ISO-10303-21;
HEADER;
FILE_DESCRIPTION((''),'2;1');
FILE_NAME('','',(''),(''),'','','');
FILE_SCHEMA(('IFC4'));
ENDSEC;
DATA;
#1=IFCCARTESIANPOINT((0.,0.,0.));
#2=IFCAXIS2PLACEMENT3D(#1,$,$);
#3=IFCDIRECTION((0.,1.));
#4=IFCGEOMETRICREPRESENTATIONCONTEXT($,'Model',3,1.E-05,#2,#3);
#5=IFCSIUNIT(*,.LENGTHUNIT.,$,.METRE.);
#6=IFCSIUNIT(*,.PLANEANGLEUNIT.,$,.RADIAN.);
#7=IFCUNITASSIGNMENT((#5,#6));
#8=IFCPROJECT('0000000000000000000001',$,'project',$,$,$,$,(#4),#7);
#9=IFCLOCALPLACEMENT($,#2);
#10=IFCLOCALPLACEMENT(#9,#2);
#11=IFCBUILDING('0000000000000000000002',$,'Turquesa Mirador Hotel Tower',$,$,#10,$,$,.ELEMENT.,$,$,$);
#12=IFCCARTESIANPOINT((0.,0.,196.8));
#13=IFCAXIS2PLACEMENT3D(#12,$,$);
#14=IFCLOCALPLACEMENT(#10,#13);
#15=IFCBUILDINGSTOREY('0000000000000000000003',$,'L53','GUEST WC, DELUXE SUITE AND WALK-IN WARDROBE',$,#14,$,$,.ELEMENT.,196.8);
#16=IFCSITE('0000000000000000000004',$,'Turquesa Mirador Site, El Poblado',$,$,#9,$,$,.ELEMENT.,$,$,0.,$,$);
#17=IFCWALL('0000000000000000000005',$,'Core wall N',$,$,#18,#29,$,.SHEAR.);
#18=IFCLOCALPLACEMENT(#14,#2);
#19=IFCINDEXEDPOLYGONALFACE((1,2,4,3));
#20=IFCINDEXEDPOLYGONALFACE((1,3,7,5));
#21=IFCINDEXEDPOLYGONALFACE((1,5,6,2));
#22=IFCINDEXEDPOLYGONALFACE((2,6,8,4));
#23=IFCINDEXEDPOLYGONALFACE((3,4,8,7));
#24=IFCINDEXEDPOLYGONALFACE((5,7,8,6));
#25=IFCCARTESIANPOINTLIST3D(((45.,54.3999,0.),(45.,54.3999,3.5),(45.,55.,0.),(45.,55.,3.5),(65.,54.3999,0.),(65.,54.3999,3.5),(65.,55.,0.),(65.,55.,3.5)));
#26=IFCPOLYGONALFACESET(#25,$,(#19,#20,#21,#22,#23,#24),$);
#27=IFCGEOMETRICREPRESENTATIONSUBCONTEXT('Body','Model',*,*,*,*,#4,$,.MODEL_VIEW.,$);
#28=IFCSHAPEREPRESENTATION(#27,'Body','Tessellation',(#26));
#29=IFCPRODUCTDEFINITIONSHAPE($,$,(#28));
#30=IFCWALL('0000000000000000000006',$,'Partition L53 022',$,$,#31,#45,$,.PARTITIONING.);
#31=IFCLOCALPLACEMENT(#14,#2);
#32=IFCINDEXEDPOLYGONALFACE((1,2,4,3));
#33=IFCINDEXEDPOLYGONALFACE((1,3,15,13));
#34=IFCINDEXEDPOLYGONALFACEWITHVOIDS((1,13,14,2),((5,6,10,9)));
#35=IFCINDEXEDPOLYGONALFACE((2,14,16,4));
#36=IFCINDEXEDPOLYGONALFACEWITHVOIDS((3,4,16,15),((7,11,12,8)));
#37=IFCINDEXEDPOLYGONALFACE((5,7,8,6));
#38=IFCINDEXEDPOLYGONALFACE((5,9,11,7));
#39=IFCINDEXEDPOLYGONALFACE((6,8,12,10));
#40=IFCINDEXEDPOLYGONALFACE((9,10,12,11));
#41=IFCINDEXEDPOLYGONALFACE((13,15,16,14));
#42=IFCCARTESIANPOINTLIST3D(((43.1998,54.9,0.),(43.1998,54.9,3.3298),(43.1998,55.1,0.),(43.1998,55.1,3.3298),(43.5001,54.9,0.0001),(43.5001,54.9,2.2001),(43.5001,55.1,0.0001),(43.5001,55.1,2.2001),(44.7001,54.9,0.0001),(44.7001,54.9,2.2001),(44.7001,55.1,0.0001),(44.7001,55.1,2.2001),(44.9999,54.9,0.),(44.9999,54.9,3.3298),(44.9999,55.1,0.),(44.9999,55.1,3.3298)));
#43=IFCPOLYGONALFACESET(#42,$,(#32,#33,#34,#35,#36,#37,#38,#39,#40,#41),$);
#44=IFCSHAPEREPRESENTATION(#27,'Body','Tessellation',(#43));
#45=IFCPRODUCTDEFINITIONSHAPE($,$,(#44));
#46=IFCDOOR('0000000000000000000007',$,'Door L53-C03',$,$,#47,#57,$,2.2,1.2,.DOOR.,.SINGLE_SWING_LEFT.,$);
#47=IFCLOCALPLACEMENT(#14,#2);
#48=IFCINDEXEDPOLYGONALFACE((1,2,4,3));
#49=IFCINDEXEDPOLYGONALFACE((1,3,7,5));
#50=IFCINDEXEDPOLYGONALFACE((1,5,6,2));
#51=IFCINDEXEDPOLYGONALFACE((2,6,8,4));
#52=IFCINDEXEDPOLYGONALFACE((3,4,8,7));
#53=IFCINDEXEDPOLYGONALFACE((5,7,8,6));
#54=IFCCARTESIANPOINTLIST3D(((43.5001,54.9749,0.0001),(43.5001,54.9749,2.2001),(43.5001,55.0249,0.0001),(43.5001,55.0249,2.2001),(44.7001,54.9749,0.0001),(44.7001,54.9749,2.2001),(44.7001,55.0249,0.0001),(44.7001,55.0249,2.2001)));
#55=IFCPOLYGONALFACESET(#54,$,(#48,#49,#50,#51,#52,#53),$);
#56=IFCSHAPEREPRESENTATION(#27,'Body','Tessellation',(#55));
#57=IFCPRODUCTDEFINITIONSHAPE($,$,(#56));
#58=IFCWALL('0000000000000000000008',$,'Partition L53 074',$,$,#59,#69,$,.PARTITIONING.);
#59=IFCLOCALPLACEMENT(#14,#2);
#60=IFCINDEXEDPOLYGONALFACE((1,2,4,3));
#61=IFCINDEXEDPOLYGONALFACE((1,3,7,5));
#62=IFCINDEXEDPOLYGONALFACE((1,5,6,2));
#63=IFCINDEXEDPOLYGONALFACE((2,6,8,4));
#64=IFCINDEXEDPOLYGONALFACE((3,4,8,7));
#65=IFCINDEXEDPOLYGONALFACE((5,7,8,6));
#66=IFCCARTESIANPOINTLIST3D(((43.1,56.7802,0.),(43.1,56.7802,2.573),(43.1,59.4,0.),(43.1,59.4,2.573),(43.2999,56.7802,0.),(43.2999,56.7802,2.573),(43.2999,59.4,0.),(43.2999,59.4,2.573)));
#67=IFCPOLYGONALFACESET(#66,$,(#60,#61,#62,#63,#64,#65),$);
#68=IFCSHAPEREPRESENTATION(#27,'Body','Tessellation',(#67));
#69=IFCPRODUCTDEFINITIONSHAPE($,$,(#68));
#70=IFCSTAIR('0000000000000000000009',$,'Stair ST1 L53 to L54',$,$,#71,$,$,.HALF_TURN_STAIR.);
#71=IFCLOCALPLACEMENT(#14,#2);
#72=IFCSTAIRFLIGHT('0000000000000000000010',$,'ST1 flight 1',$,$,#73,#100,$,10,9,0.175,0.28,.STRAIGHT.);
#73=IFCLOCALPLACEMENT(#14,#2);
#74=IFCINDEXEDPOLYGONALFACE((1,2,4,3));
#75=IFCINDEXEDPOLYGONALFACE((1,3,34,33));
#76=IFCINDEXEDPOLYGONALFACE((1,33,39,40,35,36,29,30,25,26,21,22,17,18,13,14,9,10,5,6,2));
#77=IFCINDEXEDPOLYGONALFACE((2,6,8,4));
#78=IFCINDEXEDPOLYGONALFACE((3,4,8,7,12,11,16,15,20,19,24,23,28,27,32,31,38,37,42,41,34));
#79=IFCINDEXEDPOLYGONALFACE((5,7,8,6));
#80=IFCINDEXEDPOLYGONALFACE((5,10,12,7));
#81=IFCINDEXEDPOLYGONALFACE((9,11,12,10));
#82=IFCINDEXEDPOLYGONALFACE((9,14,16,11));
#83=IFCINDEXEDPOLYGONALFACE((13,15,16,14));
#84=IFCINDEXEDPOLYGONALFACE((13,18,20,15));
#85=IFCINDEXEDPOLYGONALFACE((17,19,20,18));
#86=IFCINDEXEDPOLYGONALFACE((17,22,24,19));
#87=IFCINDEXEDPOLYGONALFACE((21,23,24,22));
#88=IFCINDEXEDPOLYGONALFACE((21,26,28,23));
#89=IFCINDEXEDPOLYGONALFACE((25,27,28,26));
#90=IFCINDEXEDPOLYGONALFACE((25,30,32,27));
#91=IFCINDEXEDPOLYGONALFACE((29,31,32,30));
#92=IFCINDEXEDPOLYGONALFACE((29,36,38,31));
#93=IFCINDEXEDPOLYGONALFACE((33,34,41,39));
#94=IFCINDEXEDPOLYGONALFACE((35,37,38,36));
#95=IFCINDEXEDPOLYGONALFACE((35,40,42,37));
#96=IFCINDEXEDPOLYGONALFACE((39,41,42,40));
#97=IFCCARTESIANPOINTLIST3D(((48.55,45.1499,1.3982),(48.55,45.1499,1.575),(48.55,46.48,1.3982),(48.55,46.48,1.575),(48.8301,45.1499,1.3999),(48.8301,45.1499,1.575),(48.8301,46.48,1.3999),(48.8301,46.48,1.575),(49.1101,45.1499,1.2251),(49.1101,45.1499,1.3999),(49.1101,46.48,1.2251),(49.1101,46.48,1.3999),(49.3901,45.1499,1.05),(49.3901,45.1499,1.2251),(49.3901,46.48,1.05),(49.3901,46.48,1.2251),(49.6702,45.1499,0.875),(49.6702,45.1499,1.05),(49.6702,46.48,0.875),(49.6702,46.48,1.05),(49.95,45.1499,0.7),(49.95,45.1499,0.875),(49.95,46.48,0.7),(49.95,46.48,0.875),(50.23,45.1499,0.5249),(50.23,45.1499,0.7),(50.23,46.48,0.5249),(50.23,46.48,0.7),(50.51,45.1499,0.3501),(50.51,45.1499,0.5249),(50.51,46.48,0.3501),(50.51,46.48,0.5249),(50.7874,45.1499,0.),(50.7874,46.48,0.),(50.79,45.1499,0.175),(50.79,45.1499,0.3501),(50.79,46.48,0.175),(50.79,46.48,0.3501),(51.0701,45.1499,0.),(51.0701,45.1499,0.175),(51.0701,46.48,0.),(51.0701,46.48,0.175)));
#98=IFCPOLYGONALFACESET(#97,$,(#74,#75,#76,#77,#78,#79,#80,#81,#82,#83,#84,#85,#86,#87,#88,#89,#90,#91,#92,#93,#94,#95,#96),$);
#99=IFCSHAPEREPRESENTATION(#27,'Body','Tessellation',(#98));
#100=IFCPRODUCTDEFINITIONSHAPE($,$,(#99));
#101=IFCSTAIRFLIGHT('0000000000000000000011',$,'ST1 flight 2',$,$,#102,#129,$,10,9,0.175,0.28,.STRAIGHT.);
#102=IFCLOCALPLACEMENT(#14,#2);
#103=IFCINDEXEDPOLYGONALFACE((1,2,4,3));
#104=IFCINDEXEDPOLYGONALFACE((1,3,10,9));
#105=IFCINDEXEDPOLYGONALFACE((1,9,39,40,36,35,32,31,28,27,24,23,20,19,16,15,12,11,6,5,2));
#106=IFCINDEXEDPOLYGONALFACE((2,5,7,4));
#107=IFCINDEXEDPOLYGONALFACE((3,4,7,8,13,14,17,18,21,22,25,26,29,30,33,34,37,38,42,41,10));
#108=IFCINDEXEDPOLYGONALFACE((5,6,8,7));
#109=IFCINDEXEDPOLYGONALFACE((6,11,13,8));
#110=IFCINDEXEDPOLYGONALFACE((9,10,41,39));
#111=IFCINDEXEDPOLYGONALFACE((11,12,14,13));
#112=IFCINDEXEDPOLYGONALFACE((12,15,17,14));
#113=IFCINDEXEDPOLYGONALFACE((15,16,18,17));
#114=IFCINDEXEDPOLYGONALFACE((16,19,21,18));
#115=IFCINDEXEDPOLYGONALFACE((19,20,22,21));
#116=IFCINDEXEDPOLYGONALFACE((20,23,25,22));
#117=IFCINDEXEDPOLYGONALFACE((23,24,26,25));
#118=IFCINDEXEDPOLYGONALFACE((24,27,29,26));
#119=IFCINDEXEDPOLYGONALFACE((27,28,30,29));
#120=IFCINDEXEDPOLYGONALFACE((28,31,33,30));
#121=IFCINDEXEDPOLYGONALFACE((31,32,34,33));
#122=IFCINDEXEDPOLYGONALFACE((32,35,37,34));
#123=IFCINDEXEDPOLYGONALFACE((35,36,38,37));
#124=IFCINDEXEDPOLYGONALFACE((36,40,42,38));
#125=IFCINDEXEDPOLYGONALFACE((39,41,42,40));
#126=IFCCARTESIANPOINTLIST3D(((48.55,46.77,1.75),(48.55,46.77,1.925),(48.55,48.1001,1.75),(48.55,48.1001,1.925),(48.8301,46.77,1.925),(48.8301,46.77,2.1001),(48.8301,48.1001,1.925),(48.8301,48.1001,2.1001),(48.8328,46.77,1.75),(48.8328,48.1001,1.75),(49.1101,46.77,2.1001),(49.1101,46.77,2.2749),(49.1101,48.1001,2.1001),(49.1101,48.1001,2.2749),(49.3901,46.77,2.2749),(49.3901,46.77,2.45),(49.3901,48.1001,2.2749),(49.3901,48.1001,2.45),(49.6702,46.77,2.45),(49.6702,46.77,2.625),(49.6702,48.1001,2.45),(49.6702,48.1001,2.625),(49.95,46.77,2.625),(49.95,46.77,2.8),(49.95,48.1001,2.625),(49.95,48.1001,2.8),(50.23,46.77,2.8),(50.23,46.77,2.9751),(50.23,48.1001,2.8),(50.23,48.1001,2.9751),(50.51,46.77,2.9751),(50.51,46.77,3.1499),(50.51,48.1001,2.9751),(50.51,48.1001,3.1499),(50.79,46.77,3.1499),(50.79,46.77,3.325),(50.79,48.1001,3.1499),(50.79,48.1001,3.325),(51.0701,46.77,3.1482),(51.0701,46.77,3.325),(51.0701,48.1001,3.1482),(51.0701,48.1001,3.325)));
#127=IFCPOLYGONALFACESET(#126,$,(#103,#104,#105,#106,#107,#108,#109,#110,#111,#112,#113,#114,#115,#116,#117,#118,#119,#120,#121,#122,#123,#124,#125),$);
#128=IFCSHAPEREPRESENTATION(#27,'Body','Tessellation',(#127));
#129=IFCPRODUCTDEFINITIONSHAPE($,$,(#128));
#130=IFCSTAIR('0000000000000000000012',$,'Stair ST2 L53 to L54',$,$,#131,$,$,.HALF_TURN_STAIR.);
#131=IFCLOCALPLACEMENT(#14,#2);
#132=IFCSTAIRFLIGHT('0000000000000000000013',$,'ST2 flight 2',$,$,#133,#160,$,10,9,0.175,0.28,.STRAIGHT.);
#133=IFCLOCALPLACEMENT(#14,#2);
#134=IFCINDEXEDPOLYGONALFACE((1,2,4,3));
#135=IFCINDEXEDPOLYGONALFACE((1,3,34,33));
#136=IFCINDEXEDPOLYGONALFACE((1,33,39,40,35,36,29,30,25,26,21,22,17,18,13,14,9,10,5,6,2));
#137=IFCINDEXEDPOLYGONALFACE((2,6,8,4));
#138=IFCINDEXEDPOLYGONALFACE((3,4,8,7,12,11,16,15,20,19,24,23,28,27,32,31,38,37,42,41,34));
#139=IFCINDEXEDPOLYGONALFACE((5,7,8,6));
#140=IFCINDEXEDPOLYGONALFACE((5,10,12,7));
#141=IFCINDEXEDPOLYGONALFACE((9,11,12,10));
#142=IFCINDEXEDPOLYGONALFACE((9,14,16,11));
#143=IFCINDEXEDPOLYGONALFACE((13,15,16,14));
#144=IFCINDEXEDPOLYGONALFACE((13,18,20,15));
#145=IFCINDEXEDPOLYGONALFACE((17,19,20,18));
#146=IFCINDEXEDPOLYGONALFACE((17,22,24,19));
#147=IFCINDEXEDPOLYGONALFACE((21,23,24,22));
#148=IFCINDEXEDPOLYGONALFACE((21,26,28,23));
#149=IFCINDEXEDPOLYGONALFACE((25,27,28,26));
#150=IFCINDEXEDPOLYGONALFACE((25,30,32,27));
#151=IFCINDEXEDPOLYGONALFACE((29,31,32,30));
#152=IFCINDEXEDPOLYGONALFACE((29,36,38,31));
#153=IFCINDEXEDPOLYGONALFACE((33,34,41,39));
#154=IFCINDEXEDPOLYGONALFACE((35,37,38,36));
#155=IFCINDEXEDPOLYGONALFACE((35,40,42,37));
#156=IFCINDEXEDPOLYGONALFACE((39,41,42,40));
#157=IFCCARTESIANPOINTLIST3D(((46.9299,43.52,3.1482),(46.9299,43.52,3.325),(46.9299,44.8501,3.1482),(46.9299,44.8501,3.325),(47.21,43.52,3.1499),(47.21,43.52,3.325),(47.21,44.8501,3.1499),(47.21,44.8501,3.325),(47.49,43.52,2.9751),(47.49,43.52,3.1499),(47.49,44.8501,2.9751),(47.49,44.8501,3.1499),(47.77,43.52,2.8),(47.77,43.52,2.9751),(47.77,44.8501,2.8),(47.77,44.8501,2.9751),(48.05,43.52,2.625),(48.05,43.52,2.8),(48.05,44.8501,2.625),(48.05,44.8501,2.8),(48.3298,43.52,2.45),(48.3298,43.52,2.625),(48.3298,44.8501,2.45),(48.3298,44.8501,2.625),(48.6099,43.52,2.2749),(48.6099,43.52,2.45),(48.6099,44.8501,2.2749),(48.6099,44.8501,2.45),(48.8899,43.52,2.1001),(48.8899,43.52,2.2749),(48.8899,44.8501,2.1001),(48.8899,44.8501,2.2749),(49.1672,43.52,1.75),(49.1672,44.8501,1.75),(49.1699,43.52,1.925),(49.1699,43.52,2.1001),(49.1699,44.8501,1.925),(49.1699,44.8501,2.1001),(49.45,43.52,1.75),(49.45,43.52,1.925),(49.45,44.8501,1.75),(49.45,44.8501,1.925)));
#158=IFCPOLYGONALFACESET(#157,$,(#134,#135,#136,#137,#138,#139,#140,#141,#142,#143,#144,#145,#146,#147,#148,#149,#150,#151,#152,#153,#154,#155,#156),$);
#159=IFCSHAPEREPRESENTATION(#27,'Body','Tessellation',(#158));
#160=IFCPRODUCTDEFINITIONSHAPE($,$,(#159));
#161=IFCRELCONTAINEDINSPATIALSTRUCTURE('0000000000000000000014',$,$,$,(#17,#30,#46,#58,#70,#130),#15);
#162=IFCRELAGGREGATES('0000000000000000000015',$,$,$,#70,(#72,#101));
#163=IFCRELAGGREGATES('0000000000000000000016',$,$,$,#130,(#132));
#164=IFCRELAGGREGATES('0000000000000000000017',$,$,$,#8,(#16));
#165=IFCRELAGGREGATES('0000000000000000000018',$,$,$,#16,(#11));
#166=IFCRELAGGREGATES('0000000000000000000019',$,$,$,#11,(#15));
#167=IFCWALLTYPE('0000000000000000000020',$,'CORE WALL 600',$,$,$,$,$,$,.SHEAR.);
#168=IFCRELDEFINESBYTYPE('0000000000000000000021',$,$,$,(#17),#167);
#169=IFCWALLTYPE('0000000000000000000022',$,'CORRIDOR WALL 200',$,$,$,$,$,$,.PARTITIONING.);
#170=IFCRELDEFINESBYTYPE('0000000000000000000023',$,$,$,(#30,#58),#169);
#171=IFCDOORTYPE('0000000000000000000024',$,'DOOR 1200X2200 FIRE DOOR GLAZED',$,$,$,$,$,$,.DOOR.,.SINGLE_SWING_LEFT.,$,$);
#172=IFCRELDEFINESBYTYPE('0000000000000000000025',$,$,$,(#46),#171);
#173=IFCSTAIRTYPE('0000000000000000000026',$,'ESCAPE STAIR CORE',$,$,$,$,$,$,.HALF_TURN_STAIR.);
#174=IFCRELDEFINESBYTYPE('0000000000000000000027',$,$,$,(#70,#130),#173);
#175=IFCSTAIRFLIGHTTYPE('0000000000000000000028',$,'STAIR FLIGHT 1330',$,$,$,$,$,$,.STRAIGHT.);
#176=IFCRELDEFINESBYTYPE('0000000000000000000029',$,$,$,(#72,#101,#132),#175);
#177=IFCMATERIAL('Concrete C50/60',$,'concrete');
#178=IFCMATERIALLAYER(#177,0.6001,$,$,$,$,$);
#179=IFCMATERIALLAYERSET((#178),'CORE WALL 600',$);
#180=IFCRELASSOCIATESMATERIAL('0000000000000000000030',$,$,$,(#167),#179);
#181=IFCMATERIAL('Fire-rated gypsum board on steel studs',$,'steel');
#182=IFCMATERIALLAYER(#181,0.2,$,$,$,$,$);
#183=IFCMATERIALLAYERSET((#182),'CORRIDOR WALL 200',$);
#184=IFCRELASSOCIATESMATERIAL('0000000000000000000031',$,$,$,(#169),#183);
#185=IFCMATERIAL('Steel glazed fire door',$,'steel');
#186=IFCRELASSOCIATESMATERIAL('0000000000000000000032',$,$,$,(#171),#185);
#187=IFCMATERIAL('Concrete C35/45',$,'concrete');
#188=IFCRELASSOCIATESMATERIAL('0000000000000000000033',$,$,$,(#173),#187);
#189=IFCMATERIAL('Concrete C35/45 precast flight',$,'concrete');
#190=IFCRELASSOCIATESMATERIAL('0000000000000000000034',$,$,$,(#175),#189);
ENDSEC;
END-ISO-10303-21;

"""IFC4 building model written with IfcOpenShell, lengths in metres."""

from ifc_helpers import new_model, si_unit, direction, frame, frame_2d, origin, place, context, subcontext, project, spatial, polyline, rectangle, outline, extrude, material, layer, layer_set, type_object, element, fill, aggregate, save


model = new_model("IFC4")

# Units and contexts
model_context = context("Model", 3, precision=1e-05, world=origin(), true_north=direction((0.0, 1.0)))
body_context = subcontext(model_context, "Body", "Model", "MODEL_VIEW")
ifc_project = project(units=[si_unit("LENGTHUNIT", "METRE"), si_unit("PLANEANGLEUNIT", "RADIAN")], contexts=[model_context])

# Site, building, storey
site_placement = place(None, origin())
site = spatial("IfcSite", under=ifc_project, at=site_placement, Name="Turquesa Mirador Site, El Poblado", CompositionType="ELEMENT", RefElevation=0.0)
building_placement = place(site_placement, origin())
building = spatial("IfcBuilding", under=site, at=building_placement, Name="Turquesa Mirador Hotel Tower", CompositionType="ELEMENT")
storey_placement = place(building_placement, frame((0.0, 0.0, 196.8)))
storey = spatial("IfcBuildingStorey", under=building, at=storey_placement, Name="L53", Description="GUEST WC, DELUXE SUITE AND WALK-IN WARDROBE", CompositionType="ELEMENT", Elevation=196.8)

# Wall
ifc_material_1 = material(Name="Concrete C50/60", Category="concrete")
ifc_layer_1 = layer(ifc_material_1, 0.6001)
ifc_layer_set_1 = layer_set([ifc_layer_1], Name="CORE WALL 600")
wall_type_1 = type_object("IfcWallType", Name="CORE WALL 600", PredefinedType="SHEAR", material=ifc_layer_set_1)
wall_1_placement = place(storey_placement, frame((45.0, 54.7, 0.0), z_axis=(0.0, 0.0, 1.0), x_axis=(1.0, 0.0, 0.0)))
element("IfcWall", 1, at=wall_1_placement, inside=storey, type_object=wall_type_1, Name="Core wall N", PredefinedType="SHEAR", context=body_context, shape_type="SweptSolid", body=[
    extrude(rectangle(XDim=20.0, YDim=0.6001, at=frame_2d((10.0, 0.0))), origin(), (0.0, 0.0, 1.0), 3.5),
])

# Wall, opening, door
ifc_material_2 = material(Name="Fire-rated gypsum board on steel studs", Category="steel")
ifc_layer_2 = layer(ifc_material_2, 0.2)
ifc_layer_set_2 = layer_set([ifc_layer_2], Name="CORRIDOR WALL 200")
wall_type_2 = type_object("IfcWallType", Name="CORRIDOR WALL 200", PredefinedType="PARTITIONING", material=ifc_layer_set_2)
wall_2_placement = place(storey_placement, frame((43.2, 55.0, 0.0), z_axis=(0.0, 0.0, 1.0), x_axis=(1.0, 0.0, 0.0)))
wall_2 = element("IfcWall", 2, at=wall_2_placement, inside=storey, type_object=wall_type_2, Name="Partition L53 022", PredefinedType="PARTITIONING", context=body_context, shape_type="SweptSolid", body=[
    extrude(rectangle(XDim=1.8, YDim=0.2, at=frame_2d((0.8999, 0.0))), origin(), (0.0, 0.0, 1.0), 3.3298),
])
opening_1_placement = place(wall_2_placement, frame((0.3, 0.0, 0.0)))
opening_1 = element("IfcOpeningElement", 3, at=opening_1_placement, cuts=wall_2, PredefinedType="OPENING", context=body_context, shape_type="SweptSolid", body=[
    extrude(rectangle(XDim=1.2, YDim=2.2, at=frame_2d((0.6001, 1.1001))), frame((0.0, 0.1099, 0.0), z_axis=(0.0, -1.0, 0.0), x_axis=(1.0, 0.0, 0.0)), (0.0, 0.0, 1.0), 0.22),
])
ifc_material_3 = material(Name="Steel glazed fire door", Category="steel")
door_type_1 = type_object("IfcDoorType", Name="DOOR 1200X2200 FIRE DOOR GLAZED", OperationType="SINGLE_SWING_LEFT", PredefinedType="DOOR", material=ifc_material_3)
door_1_placement = place(opening_1_placement, origin())
door_1 = element("IfcDoor", 4, at=door_1_placement, inside=storey, type_object=door_type_1, Name="Door L53-C03", OperationType="SINGLE_SWING_LEFT", OverallHeight=2.2, OverallWidth=1.2, PredefinedType="DOOR", context=body_context, shape_type="SweptSolid", body=[
    extrude(rectangle(XDim=1.2, YDim=2.2, at=frame_2d((0.6001, 1.1001))), frame((0.0, 0.0249, 0.0), z_axis=(0.0, -1.0, 0.0), x_axis=(1.0, 0.0, 0.0)), (0.0, 0.0, 1.0), 0.05),
])
fill(opening_1, door_1)

# Wall
wall_3_placement = place(storey_placement, frame((43.2, 56.78, 0.0), z_axis=(0.0, 0.0, 1.0), x_axis=(0.0, 1.0, 0.0)))
element("IfcWall", 5, at=wall_3_placement, inside=storey, type_object=wall_type_2, Name="Partition L53 074", PredefinedType="PARTITIONING", context=body_context, shape_type="SweptSolid", body=[
    extrude(rectangle(XDim=2.6199, YDim=0.2, at=frame_2d((1.3101, 0.0))), origin(), (0.0, 0.0, 1.0), 2.573),
])

# Stair, stair flights
ifc_material_4 = material(Name="Concrete C35/45", Category="concrete")
stair_type = type_object("IfcStairType", Name="ESCAPE STAIR CORE", PredefinedType="HALF_TURN_STAIR", material=ifc_material_4)
stair_1_placement = place(storey_placement, origin())
stair_1 = element("IfcStair", 6, at=stair_1_placement, inside=storey, type_object=stair_type, Name="Stair ST1 L53 to L54", PredefinedType="HALF_TURN_STAIR")
ifc_material_5 = material(Name="Concrete C35/45 precast flight", Category="concrete")
stair_flight_type = type_object("IfcStairFlightType", Name="STAIR FLIGHT 1330", PredefinedType="STRAIGHT", material=ifc_material_5)
stair_flight_1_placement = place(storey_placement, frame((51.0701, 45.8149, 0.0), z_axis=(0.0, 0.0, 1.0), x_axis=(-1.0, 0.0, 0.0)))
stair_flight_1 = element("IfcStairFlight", 7, at=stair_flight_1_placement, type_object=stair_flight_type, Name="ST1 flight 1", NumberOfRisers=10, NumberOfTreads=9, PredefinedType="STRAIGHT", RiserHeight=0.175, TreadLength=0.28, context=body_context, shape_type="SweptSolid", body=[
    extrude(outline(polyline([(0.0, 0.0), (0.0, 0.175), (0.28, 0.175), (0.28, 0.3501), (0.5601, 0.3501), (0.5601, 0.5249), (0.8401, 0.5249), (0.8401, 0.7), (1.1201, 0.7), (1.1201, 0.875), (1.3999, 0.875), (1.3999, 1.05), (1.6799, 1.05), (1.6799, 1.2251), (1.96, 1.2251), (1.96, 1.3999), (2.24, 1.3999), (2.24, 1.575), (2.52, 1.575), (2.52, 1.75), (2.52, 1.3982), (0.2827, 0.0), (0.0, 0.0)])), frame((0.0, 0.665, 0.0), z_axis=(0.0, -1.0, 0.0), x_axis=(1.0, 0.0, 0.0)), (0.0, 0.0, 1.0), 1.3301),
])
stair_flight_2_placement = place(storey_placement, frame((48.55, 47.4351, 1.75), z_axis=(0.0, 0.0, 1.0), x_axis=(1.0, 0.0, 0.0)))
stair_flight_2 = element("IfcStairFlight", 8, at=stair_flight_2_placement, type_object=stair_flight_type, Name="ST1 flight 2", NumberOfRisers=10, NumberOfTreads=9, PredefinedType="STRAIGHT", RiserHeight=0.175, TreadLength=0.28, context=body_context, shape_type="SweptSolid", body=[
    extrude(outline(polyline([(0.0, 0.0), (0.0, 0.175), (0.28, 0.175), (0.28, 0.3501), (0.5601, 0.3501), (0.5601, 0.5249), (0.8401, 0.5249), (0.8401, 0.7), (1.1201, 0.7), (1.1201, 0.875), (1.3999, 0.875), (1.3999, 1.05), (1.6799, 1.05), (1.6799, 1.2251), (1.96, 1.2251), (1.96, 1.3999), (2.24, 1.3999), (2.24, 1.575), (2.52, 1.575), (2.52, 1.75), (2.52, 1.3982), (0.2827, 0.0), (0.0, 0.0)])), frame((0.0, 0.665, 0.0), z_axis=(0.0, -1.0, 0.0), x_axis=(1.0, 0.0, 0.0)), (0.0, 0.0, 1.0), 1.3301),
])
aggregate(stair_1, [stair_flight_1, stair_flight_2])

# Stair, stair flight
stair_2_placement = place(storey_placement, origin())
stair_2 = element("IfcStair", 9, at=stair_2_placement, inside=storey, type_object=stair_type, Name="Stair ST2 L53 to L54", PredefinedType="HALF_TURN_STAIR")
stair_flight_3_placement = place(storey_placement, frame((49.45, 44.1851, 1.75), z_axis=(0.0, 0.0, 1.0), x_axis=(-1.0, 0.0, 0.0)))
stair_flight_3 = element("IfcStairFlight", 10, at=stair_flight_3_placement, type_object=stair_flight_type, Name="ST2 flight 2", NumberOfRisers=10, NumberOfTreads=9, PredefinedType="STRAIGHT", RiserHeight=0.175, TreadLength=0.28, context=body_context, shape_type="SweptSolid", body=[
    extrude(outline(polyline([(0.0, 0.0), (0.0, 0.175), (0.28, 0.175), (0.28, 0.3501), (0.5601, 0.3501), (0.5601, 0.5249), (0.8401, 0.5249), (0.8401, 0.7), (1.1201, 0.7), (1.1201, 0.875), (1.3999, 0.875), (1.3999, 1.05), (1.6799, 1.05), (1.6799, 1.2251), (1.96, 1.2251), (1.96, 1.3999), (2.24, 1.3999), (2.24, 1.575), (2.52, 1.575), (2.52, 1.75), (2.52, 1.3982), (0.2827, 0.0), (0.0, 0.0)])), frame((0.0, 0.665, 0.0), z_axis=(0.0, -1.0, 0.0), x_axis=(1.0, 0.0, 0.0)), (0.0, 0.0, 1.0), 1.3301),
])
aggregate(stair_2, [stair_flight_3])

save(model, "model.ifc")
